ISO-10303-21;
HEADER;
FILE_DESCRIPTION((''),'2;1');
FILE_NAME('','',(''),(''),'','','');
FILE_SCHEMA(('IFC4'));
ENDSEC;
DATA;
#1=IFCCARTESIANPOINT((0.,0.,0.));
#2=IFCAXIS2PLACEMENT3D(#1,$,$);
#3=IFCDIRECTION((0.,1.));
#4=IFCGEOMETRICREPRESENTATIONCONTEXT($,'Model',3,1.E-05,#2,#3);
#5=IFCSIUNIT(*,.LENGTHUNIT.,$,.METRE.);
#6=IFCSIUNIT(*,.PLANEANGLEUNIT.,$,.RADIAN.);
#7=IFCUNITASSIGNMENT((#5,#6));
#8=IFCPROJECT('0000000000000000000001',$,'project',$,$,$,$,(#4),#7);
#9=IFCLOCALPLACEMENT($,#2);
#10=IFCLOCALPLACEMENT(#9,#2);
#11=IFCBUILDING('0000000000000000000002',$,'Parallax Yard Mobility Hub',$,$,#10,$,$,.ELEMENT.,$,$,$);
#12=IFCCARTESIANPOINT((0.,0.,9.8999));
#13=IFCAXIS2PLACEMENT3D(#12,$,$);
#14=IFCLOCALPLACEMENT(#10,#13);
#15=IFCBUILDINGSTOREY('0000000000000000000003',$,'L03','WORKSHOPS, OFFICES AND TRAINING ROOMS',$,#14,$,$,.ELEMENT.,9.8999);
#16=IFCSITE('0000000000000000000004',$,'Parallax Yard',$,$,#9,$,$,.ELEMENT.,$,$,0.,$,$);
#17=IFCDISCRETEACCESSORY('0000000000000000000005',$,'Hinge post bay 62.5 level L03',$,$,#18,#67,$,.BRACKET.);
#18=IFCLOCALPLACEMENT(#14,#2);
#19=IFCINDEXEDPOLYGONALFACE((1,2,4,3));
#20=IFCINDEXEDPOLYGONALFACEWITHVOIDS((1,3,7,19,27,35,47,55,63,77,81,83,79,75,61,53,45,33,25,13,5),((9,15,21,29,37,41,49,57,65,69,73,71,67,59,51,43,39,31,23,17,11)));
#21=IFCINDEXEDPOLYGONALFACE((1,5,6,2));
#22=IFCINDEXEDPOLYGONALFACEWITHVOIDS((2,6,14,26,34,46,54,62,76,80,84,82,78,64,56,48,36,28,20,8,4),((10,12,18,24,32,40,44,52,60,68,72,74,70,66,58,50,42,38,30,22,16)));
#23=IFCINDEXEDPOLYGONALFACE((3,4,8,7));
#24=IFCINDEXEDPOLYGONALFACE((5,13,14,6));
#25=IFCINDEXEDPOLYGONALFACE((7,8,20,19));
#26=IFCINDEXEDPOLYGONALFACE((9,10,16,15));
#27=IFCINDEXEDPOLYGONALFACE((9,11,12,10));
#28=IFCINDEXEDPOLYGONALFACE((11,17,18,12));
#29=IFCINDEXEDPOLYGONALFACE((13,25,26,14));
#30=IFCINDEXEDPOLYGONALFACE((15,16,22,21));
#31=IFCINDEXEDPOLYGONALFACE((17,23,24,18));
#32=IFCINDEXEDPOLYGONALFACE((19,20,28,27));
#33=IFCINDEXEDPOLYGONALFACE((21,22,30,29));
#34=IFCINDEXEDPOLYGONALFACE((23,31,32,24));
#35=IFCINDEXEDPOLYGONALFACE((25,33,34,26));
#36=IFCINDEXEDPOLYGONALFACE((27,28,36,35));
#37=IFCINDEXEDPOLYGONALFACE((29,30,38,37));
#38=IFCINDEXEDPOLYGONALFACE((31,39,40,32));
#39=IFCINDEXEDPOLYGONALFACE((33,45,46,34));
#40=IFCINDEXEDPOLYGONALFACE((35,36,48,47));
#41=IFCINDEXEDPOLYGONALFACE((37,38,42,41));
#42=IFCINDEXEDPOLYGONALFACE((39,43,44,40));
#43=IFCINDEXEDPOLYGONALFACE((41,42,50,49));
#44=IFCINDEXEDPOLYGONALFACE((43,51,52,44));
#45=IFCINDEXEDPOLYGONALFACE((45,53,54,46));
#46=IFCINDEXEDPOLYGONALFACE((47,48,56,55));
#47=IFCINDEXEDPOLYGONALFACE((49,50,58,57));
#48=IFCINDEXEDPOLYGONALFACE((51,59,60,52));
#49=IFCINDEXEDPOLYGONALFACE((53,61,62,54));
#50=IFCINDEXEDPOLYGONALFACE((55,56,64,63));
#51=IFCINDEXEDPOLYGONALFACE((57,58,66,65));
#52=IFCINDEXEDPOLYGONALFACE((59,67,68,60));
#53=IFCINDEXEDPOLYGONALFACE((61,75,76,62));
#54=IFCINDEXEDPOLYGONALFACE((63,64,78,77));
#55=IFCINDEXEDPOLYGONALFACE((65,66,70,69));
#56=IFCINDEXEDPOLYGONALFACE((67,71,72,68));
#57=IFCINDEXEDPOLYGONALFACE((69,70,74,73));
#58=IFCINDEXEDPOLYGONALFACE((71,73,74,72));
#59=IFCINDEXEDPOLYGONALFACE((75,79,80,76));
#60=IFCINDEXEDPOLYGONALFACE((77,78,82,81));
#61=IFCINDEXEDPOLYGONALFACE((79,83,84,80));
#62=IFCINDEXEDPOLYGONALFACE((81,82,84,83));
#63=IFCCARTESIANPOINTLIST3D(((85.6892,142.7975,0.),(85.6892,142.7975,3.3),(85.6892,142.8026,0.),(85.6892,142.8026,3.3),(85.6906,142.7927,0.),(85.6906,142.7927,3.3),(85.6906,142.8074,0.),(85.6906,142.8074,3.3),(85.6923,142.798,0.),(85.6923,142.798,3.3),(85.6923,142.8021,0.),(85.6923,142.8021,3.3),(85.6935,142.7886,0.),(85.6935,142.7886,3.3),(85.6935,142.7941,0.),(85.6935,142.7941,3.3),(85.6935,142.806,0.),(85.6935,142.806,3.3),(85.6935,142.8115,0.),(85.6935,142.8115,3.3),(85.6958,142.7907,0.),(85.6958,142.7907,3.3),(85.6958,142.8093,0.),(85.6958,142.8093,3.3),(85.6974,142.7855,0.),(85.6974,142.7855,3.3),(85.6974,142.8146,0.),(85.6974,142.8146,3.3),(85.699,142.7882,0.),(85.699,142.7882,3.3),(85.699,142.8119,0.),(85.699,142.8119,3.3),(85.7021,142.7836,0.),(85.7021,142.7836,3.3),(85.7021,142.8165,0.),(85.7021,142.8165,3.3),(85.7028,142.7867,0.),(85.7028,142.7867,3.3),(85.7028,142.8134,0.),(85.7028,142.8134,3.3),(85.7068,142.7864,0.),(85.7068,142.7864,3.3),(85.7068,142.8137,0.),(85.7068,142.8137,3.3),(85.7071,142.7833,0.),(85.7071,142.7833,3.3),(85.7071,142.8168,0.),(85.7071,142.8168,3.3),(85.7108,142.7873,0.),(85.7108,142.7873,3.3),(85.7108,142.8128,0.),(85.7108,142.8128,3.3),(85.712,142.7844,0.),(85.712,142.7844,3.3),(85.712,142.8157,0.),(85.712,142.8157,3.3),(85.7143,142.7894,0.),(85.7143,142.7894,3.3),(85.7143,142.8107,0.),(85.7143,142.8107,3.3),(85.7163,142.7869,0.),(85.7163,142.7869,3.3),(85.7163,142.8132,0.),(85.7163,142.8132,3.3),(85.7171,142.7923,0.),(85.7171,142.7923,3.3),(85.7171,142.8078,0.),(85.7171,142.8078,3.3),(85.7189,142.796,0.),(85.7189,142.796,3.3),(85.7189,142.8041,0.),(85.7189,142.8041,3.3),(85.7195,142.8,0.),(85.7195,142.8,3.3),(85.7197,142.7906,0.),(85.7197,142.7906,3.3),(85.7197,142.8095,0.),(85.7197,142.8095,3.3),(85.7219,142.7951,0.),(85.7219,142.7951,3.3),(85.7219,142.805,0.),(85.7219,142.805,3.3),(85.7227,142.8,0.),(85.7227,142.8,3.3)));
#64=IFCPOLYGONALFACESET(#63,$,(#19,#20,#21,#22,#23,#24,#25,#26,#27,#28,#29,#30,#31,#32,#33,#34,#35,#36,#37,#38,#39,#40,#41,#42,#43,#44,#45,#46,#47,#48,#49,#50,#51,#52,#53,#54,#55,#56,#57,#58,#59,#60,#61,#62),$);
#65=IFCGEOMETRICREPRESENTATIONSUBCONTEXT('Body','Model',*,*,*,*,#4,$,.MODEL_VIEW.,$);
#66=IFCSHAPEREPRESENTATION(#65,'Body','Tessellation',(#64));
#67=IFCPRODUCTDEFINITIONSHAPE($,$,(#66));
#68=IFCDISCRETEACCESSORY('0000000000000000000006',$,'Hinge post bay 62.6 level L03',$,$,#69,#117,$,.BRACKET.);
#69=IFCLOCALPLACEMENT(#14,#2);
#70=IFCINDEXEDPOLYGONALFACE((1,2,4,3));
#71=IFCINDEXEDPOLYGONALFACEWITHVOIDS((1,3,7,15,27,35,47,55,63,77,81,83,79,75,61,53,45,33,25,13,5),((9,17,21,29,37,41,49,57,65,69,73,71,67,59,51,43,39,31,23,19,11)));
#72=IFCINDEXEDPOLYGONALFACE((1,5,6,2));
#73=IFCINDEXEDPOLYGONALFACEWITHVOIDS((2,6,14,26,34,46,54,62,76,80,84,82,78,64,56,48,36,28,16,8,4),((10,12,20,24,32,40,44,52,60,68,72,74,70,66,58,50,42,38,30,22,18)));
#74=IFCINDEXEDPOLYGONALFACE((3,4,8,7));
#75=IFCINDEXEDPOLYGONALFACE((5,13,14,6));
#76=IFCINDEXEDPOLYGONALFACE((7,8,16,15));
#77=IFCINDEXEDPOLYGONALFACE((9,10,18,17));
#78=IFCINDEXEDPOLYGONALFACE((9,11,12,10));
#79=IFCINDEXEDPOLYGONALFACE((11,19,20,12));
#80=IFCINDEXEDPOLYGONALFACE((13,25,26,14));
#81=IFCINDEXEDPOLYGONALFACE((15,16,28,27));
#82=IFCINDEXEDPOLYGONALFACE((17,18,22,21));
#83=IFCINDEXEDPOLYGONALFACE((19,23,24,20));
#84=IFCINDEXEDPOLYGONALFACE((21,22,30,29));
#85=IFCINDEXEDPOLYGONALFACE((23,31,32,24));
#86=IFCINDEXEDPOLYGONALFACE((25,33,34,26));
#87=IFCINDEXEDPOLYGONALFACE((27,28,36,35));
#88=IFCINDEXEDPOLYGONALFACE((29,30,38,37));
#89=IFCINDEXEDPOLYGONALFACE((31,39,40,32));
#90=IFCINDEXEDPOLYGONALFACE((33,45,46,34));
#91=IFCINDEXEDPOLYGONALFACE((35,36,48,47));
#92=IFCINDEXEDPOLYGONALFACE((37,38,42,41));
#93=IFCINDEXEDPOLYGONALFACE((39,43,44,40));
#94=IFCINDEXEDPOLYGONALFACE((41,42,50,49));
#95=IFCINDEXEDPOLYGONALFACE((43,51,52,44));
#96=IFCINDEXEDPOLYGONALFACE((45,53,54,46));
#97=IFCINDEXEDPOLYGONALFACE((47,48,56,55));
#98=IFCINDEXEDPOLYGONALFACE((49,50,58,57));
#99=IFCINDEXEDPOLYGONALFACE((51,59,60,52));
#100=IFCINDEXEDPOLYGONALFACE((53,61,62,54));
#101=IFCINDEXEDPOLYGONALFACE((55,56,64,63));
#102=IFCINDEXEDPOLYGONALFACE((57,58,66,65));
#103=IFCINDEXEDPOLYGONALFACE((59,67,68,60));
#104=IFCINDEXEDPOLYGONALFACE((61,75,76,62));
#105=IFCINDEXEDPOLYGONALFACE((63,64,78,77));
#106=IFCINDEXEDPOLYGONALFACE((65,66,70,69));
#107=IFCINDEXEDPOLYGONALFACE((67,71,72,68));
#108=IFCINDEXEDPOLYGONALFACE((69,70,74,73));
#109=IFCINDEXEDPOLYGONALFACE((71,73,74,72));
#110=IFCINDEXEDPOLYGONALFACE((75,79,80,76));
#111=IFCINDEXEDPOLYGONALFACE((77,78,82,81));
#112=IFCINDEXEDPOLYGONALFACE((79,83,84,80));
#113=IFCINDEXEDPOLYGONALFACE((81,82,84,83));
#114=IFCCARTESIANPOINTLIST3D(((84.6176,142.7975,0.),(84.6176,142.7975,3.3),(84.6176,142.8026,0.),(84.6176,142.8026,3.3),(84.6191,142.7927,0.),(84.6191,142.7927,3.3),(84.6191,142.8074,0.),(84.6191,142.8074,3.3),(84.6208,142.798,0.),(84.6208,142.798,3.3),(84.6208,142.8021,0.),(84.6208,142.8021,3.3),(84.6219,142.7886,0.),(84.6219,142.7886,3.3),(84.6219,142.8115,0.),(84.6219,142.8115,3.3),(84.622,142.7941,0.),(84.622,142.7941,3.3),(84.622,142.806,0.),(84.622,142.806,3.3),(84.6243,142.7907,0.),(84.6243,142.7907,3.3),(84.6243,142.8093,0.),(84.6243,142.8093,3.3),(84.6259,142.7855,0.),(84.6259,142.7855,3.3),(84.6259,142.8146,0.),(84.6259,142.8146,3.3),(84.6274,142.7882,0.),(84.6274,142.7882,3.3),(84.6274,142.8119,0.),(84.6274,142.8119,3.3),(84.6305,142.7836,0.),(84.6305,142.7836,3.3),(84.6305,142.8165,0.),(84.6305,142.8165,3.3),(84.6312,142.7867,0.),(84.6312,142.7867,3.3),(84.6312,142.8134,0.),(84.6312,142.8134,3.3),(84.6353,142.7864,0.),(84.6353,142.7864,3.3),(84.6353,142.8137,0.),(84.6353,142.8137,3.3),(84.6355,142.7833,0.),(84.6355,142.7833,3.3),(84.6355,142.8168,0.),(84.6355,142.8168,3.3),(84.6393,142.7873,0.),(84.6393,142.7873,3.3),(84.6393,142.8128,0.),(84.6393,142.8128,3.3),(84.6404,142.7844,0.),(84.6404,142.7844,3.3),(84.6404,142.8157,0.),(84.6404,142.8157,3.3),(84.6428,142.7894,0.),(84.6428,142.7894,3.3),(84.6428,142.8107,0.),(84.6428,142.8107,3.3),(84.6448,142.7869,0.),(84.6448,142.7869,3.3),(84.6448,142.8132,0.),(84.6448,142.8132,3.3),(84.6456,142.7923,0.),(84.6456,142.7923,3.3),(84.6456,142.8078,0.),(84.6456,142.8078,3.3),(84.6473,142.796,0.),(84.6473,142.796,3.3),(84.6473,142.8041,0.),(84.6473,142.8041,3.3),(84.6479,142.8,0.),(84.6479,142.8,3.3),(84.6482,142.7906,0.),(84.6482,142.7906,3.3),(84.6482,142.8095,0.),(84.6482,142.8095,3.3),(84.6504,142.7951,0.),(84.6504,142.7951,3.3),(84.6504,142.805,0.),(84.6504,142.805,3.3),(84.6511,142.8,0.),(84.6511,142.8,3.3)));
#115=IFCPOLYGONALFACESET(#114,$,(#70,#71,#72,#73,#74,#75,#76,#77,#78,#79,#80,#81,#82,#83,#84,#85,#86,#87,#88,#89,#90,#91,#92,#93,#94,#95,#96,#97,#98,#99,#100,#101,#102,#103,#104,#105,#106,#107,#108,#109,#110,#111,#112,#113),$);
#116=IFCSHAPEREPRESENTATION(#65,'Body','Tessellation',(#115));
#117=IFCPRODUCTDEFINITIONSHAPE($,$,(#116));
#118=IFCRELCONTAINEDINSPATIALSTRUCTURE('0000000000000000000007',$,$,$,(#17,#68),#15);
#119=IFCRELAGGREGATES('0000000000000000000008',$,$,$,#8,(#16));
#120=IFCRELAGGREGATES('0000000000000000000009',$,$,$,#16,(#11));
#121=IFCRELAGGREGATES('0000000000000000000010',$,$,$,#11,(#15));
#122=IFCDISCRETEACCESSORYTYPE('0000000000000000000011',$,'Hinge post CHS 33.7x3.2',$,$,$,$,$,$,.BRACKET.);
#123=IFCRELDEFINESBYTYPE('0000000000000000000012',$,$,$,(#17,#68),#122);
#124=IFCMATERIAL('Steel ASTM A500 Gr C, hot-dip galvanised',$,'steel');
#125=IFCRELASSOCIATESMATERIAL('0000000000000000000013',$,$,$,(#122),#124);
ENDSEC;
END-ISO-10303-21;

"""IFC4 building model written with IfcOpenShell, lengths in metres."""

from ifc_helpers import new_model, si_unit, direction, frame, origin, origin_2d, place, context, subcontext, project, spatial, hollow_circle, extrude, material, material_profile, profile_set, type_object, element, save


model = new_model("IFC4")

# Units and contexts
model_context = context("Model", 3, precision=1e-05, world=origin(), true_north=direction((0.0, 1.0)))
body_context = subcontext(model_context, "Body", "Model", "MODEL_VIEW")
ifc_project = project(units=[si_unit("LENGTHUNIT", "METRE"), si_unit("PLANEANGLEUNIT", "RADIAN")], contexts=[model_context])

# Site, building, storey
site_placement = place(None, origin())
site = spatial("IfcSite", under=ifc_project, at=site_placement, Name="Parallax Yard", CompositionType="ELEMENT", RefElevation=0.0)
building_placement = place(site_placement, origin())
building = spatial("IfcBuilding", under=site, at=building_placement, Name="Parallax Yard Mobility Hub", CompositionType="ELEMENT")
storey_placement = place(building_placement, frame((0.0, 0.0, 9.8999)))
storey = spatial("IfcBuildingStorey", under=building, at=storey_placement, Name="L03", Description="WORKSHOPS, OFFICES AND TRAINING ROOMS", CompositionType="ELEMENT", Elevation=9.8999)

# Discrete accessories
ifc_material_1 = material(Name="Steel ASTM A500 Gr C, hot-dip galvanised", Category="steel")
ifc_material_profile = material_profile(ifc_material_1, hollow_circle(Radius=0.0168, WallThickness=0.0032, at=origin_2d()), Name="CHS 33.7x3.2")
ifc_profile_set = profile_set([ifc_material_profile], Name="Steel ASTM A500 Gr C, hot-dip galvanised")
discrete_accessory_type = type_object("IfcDiscreteAccessoryType", Name="Hinge post CHS 33.7x3.2", PredefinedType="BRACKET", material=ifc_profile_set)
for number, where, z_axis, x_axis, name in (
    (1, (85.7058, 142.8, 0.0), (0.0, 0.0, 1.0), (1.0, 0.0, 0.0), "Hinge post bay 62.5 level L03"),
    (2, (84.6343, 142.8, 0.0), (0.0, 0.0, 1.0), (1.0, 0.0, 0.0), "Hinge post bay 62.6 level L03"),
):
    element("IfcDiscreteAccessory", number, at=place(storey_placement, frame(where, z_axis=z_axis, x_axis=x_axis)), inside=storey, type_object=discrete_accessory_type, Name=name, PredefinedType="BRACKET", context=body_context, shape_type="SweptSolid", body=[
        extrude(hollow_circle(Radius=0.0168, WallThickness=0.0032, at=origin_2d()), origin(), (0.0, 0.0, 1.0), 3.3),
    ])

save(model, "model.ifc")
